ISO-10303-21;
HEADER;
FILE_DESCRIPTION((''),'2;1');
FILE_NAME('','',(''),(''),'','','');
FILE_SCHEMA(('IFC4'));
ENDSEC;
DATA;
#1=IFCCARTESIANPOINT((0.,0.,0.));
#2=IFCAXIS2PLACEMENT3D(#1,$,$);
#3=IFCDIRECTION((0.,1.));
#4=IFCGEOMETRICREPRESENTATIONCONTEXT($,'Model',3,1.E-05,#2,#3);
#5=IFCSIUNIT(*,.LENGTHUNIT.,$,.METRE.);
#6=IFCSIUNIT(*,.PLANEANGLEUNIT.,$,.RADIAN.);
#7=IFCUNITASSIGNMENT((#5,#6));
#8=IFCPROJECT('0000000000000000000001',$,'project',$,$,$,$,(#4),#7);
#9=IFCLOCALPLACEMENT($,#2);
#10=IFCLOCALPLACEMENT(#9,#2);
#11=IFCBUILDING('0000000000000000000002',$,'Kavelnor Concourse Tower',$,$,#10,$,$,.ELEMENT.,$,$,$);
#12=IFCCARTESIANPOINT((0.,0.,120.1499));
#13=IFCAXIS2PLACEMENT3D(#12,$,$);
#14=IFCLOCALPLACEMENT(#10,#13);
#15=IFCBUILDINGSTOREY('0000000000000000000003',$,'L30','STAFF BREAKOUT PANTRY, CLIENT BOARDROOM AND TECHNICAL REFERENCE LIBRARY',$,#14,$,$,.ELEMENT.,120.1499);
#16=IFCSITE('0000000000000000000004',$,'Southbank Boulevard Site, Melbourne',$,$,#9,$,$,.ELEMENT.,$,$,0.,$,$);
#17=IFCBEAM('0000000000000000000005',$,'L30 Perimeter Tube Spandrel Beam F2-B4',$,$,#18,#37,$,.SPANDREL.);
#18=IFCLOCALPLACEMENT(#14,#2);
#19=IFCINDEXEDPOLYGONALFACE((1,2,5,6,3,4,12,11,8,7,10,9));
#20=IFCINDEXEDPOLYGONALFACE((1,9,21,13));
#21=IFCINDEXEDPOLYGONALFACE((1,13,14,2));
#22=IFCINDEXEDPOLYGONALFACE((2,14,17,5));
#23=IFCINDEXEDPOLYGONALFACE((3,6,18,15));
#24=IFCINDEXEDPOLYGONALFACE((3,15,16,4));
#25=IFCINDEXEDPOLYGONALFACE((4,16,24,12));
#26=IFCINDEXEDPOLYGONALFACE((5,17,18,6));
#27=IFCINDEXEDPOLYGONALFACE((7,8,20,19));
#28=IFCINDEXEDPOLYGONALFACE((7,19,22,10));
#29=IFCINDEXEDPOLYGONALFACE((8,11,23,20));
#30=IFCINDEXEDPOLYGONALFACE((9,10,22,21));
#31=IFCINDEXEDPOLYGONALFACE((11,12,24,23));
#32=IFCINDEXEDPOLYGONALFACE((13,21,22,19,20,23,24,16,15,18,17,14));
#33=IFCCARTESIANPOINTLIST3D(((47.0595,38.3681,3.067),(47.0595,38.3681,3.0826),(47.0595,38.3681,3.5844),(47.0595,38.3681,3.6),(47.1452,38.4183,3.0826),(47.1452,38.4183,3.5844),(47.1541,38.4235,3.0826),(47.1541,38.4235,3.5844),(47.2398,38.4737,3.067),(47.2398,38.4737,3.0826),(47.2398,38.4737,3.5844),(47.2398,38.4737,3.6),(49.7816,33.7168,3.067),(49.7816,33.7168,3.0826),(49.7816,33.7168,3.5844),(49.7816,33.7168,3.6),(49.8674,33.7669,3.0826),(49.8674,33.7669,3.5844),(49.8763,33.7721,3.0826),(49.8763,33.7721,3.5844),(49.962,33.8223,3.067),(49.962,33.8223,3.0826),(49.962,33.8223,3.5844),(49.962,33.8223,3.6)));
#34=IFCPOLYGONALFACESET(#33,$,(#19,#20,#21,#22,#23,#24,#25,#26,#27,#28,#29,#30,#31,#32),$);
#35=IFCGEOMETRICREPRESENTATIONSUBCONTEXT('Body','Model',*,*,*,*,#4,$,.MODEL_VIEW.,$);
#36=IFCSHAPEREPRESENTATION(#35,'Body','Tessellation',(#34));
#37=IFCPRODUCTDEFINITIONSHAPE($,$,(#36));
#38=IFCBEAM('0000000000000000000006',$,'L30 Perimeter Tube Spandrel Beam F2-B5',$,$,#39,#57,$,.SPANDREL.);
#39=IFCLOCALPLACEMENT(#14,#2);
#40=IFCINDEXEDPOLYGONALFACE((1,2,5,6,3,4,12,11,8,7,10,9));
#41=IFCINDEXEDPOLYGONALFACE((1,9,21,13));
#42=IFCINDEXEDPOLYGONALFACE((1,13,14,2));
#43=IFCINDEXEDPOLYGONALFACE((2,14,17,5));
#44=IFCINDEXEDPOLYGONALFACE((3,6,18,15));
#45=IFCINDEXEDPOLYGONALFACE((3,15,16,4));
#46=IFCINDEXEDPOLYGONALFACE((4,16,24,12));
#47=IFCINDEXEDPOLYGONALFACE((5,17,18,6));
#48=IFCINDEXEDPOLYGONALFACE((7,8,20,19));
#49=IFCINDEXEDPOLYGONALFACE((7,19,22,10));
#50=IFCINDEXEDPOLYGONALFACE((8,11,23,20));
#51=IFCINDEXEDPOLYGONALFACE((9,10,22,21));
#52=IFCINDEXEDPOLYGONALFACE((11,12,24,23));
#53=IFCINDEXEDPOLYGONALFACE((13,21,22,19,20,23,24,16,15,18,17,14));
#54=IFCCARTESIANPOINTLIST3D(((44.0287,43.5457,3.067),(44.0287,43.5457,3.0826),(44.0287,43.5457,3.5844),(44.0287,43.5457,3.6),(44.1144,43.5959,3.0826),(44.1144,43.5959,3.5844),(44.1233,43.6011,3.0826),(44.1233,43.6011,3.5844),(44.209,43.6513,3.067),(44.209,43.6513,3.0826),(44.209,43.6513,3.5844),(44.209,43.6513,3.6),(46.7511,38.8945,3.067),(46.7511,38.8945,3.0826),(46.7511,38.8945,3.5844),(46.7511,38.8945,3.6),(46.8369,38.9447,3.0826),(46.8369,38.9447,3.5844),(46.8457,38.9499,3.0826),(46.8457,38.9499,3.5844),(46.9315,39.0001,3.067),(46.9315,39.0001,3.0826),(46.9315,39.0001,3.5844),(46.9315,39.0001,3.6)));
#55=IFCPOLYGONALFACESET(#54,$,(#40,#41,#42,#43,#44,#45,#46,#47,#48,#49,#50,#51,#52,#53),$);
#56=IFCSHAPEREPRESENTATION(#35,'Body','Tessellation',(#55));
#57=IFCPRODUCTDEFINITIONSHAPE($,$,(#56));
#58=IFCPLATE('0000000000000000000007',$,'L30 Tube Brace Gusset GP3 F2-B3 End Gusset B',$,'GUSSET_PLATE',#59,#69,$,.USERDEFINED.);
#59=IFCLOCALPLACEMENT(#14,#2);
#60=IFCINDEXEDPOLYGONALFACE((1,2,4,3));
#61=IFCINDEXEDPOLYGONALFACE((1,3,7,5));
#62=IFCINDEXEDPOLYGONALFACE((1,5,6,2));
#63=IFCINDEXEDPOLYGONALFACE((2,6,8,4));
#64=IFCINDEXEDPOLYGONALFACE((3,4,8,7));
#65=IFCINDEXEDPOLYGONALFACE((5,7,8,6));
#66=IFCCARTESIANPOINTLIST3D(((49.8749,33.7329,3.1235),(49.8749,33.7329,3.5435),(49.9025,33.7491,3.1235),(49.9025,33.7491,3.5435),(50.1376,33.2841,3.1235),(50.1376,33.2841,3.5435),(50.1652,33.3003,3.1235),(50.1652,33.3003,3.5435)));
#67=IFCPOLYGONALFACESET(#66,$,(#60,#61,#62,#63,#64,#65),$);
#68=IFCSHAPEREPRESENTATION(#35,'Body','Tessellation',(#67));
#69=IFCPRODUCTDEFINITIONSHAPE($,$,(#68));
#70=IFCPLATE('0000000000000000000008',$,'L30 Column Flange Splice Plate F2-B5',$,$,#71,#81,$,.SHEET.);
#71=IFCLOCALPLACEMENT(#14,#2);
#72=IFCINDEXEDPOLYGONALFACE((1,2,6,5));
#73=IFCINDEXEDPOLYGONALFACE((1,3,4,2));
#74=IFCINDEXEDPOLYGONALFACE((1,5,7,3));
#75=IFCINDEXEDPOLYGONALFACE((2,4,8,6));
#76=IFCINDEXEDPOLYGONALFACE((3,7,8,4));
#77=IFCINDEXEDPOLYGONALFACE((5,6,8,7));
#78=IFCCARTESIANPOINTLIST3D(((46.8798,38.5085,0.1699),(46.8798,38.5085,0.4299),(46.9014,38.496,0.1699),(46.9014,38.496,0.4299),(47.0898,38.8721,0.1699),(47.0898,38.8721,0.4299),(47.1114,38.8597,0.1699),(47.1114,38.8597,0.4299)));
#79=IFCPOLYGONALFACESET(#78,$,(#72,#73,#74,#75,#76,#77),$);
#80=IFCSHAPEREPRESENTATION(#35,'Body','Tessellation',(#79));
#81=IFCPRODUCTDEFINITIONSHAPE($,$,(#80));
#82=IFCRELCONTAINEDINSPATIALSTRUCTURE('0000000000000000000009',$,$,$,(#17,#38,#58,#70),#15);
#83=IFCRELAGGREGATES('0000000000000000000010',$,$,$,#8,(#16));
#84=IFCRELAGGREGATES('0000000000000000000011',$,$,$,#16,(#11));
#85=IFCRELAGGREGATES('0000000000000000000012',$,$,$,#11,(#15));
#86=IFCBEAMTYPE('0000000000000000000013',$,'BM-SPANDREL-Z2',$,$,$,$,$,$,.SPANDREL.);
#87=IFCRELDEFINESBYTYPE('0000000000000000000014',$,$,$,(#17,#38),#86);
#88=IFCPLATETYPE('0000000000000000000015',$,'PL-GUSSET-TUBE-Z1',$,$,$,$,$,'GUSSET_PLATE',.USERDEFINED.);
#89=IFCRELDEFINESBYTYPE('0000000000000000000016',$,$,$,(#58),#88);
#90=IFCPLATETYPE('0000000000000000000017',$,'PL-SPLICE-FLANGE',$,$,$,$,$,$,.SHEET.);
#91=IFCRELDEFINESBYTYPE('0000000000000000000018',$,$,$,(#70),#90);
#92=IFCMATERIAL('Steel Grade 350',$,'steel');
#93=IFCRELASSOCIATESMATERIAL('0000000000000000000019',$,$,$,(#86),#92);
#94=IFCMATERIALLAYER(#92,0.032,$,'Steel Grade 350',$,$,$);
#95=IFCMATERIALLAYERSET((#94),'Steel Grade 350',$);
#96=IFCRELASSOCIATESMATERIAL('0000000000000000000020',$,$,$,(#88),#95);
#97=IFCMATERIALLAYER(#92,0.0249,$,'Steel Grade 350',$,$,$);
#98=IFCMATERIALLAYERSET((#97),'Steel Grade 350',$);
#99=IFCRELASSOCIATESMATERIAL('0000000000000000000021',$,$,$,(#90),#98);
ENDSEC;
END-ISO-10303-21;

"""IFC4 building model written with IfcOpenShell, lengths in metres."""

from ifc_helpers import new_model, si_unit, direction, frame, origin, origin_2d, place, context, subcontext, project, spatial, rectangle, i_section, extrude, material, layer, layer_set, material_profile, profile_set, type_object, element, save


model = new_model("IFC4")

# Units and contexts
model_context = context("Model", 3, precision=1e-05, world=origin(), true_north=direction((0.0, 1.0)))
body_context = subcontext(model_context, "Body", "Model", "MODEL_VIEW")
ifc_project = project(units=[si_unit("LENGTHUNIT", "METRE"), si_unit("PLANEANGLEUNIT", "RADIAN")], contexts=[model_context])

# Site, building, storey
site_placement = place(None, origin())
site = spatial("IfcSite", under=ifc_project, at=site_placement, Name="Southbank Boulevard Site, Melbourne", CompositionType="ELEMENT", RefElevation=0.0)
building_placement = place(site_placement, origin())
building = spatial("IfcBuilding", under=site, at=building_placement, Name="Kavelnor Concourse Tower", CompositionType="ELEMENT")
storey_placement = place(building_placement, frame((0.0, 0.0, 120.1499)))
storey = spatial("IfcBuildingStorey", under=building, at=storey_placement, Name="L30", Description="STAFF BREAKOUT PANTRY, CLIENT BOARDROOM AND TECHNICAL REFERENCE LIBRARY", CompositionType="ELEMENT", Elevation=120.1499)

# Shared definitions
ifc_material_1 = material(Name="Steel Grade 350", Category="steel")

# Beams
ifc_material_profile_1 = material_profile(ifc_material_1, i_section(OverallWidth=0.209, OverallDepth=0.533, WebThickness=0.0103, FlangeThickness=0.0156, at=origin_2d()), Name="530UB92")
ifc_profile_set_1 = profile_set([ifc_material_profile_1], Name="Steel Grade 350")
beam_type_1 = type_object("IfcBeamType", Name="BM-SPANDREL-Z2", PredefinedType="SPANDREL", material=ifc_profile_set_1)
for number, where, z_axis, x_axis, name in (
    (1, (49.8718, 33.7695, 3.3335), (-0.505099, 0.863062, 0.0), (-0.863062, -0.505099, 0.0), "L30 Perimeter Tube Spandrel Beam F2-B4"),
    (2, (46.8413, 38.9473, 3.3335), (-0.505152, 0.86303, 0.0), (-0.86303, -0.505152, 0.0), "L30 Perimeter Tube Spandrel Beam F2-B5"),
):
    element("IfcBeam", number, at=place(storey_placement, frame(where, z_axis=z_axis, x_axis=x_axis)), inside=storey, type_object=beam_type_1, Name=name, PredefinedType="SPANDREL", context=body_context, shape_type="SweptSolid", body=[
        extrude(i_section(OverallWidth=0.209, OverallDepth=0.533, WebThickness=0.0103, FlangeThickness=0.0156, at=origin_2d()), origin(), (0.0, 0.0, 1.0), 5.3894),
    ])

# Plates
ifc_layer_1 = layer(ifc_material_1, 0.032, Name="Steel Grade 350")
ifc_layer_set_1 = layer_set([ifc_layer_1], Name="Steel Grade 350")
plate_type_1 = type_object("IfcPlateType", Name="PL-GUSSET-TUBE-Z1", ElementType="GUSSET_PLATE", PredefinedType="USERDEFINED", material=ifc_layer_set_1)
plate_1_placement = place(storey_placement, frame((50.02, 33.5166, 3.1235), z_axis=(0.0, 0.0, 1.0), x_axis=(-0.50513, 0.863043, 0.0)))
element("IfcPlate", 3, at=plate_1_placement, inside=storey, type_object=plate_type_1, Name="L30 Tube Brace Gusset GP3 F2-B3 End Gusset B", ObjectType="GUSSET_PLATE", PredefinedType="USERDEFINED", context=body_context, shape_type="SweptSolid", body=[
    extrude(rectangle(XDim=0.52, YDim=0.032, at=origin_2d()), origin(), (0.0, 0.0, 1.0), 0.4199),
])
ifc_layer_2 = layer(ifc_material_1, 0.0249, Name="Steel Grade 350")
ifc_layer_set_2 = layer_set([ifc_layer_2], Name="Steel Grade 350")
plate_type_2 = type_object("IfcPlateType", Name="PL-SPLICE-FLANGE", PredefinedType="SHEET", material=ifc_layer_set_2)
plate_2_placement = place(storey_placement, frame((46.9956, 38.6841, 0.1699), z_axis=(0.0, 0.0, 1.0), x_axis=(-0.5, -0.866025, 0.0)))
element("IfcPlate", 4, at=plate_2_placement, inside=storey, type_object=plate_type_2, Name="L30 Column Flange Splice Plate F2-B5", PredefinedType="SHEET", context=body_context, shape_type="SweptSolid", body=[
    extrude(rectangle(XDim=0.4199, YDim=0.0249, at=origin_2d()), origin(), (0.0, 0.0, 1.0), 0.26),
])

save(model, "model.ifc")
